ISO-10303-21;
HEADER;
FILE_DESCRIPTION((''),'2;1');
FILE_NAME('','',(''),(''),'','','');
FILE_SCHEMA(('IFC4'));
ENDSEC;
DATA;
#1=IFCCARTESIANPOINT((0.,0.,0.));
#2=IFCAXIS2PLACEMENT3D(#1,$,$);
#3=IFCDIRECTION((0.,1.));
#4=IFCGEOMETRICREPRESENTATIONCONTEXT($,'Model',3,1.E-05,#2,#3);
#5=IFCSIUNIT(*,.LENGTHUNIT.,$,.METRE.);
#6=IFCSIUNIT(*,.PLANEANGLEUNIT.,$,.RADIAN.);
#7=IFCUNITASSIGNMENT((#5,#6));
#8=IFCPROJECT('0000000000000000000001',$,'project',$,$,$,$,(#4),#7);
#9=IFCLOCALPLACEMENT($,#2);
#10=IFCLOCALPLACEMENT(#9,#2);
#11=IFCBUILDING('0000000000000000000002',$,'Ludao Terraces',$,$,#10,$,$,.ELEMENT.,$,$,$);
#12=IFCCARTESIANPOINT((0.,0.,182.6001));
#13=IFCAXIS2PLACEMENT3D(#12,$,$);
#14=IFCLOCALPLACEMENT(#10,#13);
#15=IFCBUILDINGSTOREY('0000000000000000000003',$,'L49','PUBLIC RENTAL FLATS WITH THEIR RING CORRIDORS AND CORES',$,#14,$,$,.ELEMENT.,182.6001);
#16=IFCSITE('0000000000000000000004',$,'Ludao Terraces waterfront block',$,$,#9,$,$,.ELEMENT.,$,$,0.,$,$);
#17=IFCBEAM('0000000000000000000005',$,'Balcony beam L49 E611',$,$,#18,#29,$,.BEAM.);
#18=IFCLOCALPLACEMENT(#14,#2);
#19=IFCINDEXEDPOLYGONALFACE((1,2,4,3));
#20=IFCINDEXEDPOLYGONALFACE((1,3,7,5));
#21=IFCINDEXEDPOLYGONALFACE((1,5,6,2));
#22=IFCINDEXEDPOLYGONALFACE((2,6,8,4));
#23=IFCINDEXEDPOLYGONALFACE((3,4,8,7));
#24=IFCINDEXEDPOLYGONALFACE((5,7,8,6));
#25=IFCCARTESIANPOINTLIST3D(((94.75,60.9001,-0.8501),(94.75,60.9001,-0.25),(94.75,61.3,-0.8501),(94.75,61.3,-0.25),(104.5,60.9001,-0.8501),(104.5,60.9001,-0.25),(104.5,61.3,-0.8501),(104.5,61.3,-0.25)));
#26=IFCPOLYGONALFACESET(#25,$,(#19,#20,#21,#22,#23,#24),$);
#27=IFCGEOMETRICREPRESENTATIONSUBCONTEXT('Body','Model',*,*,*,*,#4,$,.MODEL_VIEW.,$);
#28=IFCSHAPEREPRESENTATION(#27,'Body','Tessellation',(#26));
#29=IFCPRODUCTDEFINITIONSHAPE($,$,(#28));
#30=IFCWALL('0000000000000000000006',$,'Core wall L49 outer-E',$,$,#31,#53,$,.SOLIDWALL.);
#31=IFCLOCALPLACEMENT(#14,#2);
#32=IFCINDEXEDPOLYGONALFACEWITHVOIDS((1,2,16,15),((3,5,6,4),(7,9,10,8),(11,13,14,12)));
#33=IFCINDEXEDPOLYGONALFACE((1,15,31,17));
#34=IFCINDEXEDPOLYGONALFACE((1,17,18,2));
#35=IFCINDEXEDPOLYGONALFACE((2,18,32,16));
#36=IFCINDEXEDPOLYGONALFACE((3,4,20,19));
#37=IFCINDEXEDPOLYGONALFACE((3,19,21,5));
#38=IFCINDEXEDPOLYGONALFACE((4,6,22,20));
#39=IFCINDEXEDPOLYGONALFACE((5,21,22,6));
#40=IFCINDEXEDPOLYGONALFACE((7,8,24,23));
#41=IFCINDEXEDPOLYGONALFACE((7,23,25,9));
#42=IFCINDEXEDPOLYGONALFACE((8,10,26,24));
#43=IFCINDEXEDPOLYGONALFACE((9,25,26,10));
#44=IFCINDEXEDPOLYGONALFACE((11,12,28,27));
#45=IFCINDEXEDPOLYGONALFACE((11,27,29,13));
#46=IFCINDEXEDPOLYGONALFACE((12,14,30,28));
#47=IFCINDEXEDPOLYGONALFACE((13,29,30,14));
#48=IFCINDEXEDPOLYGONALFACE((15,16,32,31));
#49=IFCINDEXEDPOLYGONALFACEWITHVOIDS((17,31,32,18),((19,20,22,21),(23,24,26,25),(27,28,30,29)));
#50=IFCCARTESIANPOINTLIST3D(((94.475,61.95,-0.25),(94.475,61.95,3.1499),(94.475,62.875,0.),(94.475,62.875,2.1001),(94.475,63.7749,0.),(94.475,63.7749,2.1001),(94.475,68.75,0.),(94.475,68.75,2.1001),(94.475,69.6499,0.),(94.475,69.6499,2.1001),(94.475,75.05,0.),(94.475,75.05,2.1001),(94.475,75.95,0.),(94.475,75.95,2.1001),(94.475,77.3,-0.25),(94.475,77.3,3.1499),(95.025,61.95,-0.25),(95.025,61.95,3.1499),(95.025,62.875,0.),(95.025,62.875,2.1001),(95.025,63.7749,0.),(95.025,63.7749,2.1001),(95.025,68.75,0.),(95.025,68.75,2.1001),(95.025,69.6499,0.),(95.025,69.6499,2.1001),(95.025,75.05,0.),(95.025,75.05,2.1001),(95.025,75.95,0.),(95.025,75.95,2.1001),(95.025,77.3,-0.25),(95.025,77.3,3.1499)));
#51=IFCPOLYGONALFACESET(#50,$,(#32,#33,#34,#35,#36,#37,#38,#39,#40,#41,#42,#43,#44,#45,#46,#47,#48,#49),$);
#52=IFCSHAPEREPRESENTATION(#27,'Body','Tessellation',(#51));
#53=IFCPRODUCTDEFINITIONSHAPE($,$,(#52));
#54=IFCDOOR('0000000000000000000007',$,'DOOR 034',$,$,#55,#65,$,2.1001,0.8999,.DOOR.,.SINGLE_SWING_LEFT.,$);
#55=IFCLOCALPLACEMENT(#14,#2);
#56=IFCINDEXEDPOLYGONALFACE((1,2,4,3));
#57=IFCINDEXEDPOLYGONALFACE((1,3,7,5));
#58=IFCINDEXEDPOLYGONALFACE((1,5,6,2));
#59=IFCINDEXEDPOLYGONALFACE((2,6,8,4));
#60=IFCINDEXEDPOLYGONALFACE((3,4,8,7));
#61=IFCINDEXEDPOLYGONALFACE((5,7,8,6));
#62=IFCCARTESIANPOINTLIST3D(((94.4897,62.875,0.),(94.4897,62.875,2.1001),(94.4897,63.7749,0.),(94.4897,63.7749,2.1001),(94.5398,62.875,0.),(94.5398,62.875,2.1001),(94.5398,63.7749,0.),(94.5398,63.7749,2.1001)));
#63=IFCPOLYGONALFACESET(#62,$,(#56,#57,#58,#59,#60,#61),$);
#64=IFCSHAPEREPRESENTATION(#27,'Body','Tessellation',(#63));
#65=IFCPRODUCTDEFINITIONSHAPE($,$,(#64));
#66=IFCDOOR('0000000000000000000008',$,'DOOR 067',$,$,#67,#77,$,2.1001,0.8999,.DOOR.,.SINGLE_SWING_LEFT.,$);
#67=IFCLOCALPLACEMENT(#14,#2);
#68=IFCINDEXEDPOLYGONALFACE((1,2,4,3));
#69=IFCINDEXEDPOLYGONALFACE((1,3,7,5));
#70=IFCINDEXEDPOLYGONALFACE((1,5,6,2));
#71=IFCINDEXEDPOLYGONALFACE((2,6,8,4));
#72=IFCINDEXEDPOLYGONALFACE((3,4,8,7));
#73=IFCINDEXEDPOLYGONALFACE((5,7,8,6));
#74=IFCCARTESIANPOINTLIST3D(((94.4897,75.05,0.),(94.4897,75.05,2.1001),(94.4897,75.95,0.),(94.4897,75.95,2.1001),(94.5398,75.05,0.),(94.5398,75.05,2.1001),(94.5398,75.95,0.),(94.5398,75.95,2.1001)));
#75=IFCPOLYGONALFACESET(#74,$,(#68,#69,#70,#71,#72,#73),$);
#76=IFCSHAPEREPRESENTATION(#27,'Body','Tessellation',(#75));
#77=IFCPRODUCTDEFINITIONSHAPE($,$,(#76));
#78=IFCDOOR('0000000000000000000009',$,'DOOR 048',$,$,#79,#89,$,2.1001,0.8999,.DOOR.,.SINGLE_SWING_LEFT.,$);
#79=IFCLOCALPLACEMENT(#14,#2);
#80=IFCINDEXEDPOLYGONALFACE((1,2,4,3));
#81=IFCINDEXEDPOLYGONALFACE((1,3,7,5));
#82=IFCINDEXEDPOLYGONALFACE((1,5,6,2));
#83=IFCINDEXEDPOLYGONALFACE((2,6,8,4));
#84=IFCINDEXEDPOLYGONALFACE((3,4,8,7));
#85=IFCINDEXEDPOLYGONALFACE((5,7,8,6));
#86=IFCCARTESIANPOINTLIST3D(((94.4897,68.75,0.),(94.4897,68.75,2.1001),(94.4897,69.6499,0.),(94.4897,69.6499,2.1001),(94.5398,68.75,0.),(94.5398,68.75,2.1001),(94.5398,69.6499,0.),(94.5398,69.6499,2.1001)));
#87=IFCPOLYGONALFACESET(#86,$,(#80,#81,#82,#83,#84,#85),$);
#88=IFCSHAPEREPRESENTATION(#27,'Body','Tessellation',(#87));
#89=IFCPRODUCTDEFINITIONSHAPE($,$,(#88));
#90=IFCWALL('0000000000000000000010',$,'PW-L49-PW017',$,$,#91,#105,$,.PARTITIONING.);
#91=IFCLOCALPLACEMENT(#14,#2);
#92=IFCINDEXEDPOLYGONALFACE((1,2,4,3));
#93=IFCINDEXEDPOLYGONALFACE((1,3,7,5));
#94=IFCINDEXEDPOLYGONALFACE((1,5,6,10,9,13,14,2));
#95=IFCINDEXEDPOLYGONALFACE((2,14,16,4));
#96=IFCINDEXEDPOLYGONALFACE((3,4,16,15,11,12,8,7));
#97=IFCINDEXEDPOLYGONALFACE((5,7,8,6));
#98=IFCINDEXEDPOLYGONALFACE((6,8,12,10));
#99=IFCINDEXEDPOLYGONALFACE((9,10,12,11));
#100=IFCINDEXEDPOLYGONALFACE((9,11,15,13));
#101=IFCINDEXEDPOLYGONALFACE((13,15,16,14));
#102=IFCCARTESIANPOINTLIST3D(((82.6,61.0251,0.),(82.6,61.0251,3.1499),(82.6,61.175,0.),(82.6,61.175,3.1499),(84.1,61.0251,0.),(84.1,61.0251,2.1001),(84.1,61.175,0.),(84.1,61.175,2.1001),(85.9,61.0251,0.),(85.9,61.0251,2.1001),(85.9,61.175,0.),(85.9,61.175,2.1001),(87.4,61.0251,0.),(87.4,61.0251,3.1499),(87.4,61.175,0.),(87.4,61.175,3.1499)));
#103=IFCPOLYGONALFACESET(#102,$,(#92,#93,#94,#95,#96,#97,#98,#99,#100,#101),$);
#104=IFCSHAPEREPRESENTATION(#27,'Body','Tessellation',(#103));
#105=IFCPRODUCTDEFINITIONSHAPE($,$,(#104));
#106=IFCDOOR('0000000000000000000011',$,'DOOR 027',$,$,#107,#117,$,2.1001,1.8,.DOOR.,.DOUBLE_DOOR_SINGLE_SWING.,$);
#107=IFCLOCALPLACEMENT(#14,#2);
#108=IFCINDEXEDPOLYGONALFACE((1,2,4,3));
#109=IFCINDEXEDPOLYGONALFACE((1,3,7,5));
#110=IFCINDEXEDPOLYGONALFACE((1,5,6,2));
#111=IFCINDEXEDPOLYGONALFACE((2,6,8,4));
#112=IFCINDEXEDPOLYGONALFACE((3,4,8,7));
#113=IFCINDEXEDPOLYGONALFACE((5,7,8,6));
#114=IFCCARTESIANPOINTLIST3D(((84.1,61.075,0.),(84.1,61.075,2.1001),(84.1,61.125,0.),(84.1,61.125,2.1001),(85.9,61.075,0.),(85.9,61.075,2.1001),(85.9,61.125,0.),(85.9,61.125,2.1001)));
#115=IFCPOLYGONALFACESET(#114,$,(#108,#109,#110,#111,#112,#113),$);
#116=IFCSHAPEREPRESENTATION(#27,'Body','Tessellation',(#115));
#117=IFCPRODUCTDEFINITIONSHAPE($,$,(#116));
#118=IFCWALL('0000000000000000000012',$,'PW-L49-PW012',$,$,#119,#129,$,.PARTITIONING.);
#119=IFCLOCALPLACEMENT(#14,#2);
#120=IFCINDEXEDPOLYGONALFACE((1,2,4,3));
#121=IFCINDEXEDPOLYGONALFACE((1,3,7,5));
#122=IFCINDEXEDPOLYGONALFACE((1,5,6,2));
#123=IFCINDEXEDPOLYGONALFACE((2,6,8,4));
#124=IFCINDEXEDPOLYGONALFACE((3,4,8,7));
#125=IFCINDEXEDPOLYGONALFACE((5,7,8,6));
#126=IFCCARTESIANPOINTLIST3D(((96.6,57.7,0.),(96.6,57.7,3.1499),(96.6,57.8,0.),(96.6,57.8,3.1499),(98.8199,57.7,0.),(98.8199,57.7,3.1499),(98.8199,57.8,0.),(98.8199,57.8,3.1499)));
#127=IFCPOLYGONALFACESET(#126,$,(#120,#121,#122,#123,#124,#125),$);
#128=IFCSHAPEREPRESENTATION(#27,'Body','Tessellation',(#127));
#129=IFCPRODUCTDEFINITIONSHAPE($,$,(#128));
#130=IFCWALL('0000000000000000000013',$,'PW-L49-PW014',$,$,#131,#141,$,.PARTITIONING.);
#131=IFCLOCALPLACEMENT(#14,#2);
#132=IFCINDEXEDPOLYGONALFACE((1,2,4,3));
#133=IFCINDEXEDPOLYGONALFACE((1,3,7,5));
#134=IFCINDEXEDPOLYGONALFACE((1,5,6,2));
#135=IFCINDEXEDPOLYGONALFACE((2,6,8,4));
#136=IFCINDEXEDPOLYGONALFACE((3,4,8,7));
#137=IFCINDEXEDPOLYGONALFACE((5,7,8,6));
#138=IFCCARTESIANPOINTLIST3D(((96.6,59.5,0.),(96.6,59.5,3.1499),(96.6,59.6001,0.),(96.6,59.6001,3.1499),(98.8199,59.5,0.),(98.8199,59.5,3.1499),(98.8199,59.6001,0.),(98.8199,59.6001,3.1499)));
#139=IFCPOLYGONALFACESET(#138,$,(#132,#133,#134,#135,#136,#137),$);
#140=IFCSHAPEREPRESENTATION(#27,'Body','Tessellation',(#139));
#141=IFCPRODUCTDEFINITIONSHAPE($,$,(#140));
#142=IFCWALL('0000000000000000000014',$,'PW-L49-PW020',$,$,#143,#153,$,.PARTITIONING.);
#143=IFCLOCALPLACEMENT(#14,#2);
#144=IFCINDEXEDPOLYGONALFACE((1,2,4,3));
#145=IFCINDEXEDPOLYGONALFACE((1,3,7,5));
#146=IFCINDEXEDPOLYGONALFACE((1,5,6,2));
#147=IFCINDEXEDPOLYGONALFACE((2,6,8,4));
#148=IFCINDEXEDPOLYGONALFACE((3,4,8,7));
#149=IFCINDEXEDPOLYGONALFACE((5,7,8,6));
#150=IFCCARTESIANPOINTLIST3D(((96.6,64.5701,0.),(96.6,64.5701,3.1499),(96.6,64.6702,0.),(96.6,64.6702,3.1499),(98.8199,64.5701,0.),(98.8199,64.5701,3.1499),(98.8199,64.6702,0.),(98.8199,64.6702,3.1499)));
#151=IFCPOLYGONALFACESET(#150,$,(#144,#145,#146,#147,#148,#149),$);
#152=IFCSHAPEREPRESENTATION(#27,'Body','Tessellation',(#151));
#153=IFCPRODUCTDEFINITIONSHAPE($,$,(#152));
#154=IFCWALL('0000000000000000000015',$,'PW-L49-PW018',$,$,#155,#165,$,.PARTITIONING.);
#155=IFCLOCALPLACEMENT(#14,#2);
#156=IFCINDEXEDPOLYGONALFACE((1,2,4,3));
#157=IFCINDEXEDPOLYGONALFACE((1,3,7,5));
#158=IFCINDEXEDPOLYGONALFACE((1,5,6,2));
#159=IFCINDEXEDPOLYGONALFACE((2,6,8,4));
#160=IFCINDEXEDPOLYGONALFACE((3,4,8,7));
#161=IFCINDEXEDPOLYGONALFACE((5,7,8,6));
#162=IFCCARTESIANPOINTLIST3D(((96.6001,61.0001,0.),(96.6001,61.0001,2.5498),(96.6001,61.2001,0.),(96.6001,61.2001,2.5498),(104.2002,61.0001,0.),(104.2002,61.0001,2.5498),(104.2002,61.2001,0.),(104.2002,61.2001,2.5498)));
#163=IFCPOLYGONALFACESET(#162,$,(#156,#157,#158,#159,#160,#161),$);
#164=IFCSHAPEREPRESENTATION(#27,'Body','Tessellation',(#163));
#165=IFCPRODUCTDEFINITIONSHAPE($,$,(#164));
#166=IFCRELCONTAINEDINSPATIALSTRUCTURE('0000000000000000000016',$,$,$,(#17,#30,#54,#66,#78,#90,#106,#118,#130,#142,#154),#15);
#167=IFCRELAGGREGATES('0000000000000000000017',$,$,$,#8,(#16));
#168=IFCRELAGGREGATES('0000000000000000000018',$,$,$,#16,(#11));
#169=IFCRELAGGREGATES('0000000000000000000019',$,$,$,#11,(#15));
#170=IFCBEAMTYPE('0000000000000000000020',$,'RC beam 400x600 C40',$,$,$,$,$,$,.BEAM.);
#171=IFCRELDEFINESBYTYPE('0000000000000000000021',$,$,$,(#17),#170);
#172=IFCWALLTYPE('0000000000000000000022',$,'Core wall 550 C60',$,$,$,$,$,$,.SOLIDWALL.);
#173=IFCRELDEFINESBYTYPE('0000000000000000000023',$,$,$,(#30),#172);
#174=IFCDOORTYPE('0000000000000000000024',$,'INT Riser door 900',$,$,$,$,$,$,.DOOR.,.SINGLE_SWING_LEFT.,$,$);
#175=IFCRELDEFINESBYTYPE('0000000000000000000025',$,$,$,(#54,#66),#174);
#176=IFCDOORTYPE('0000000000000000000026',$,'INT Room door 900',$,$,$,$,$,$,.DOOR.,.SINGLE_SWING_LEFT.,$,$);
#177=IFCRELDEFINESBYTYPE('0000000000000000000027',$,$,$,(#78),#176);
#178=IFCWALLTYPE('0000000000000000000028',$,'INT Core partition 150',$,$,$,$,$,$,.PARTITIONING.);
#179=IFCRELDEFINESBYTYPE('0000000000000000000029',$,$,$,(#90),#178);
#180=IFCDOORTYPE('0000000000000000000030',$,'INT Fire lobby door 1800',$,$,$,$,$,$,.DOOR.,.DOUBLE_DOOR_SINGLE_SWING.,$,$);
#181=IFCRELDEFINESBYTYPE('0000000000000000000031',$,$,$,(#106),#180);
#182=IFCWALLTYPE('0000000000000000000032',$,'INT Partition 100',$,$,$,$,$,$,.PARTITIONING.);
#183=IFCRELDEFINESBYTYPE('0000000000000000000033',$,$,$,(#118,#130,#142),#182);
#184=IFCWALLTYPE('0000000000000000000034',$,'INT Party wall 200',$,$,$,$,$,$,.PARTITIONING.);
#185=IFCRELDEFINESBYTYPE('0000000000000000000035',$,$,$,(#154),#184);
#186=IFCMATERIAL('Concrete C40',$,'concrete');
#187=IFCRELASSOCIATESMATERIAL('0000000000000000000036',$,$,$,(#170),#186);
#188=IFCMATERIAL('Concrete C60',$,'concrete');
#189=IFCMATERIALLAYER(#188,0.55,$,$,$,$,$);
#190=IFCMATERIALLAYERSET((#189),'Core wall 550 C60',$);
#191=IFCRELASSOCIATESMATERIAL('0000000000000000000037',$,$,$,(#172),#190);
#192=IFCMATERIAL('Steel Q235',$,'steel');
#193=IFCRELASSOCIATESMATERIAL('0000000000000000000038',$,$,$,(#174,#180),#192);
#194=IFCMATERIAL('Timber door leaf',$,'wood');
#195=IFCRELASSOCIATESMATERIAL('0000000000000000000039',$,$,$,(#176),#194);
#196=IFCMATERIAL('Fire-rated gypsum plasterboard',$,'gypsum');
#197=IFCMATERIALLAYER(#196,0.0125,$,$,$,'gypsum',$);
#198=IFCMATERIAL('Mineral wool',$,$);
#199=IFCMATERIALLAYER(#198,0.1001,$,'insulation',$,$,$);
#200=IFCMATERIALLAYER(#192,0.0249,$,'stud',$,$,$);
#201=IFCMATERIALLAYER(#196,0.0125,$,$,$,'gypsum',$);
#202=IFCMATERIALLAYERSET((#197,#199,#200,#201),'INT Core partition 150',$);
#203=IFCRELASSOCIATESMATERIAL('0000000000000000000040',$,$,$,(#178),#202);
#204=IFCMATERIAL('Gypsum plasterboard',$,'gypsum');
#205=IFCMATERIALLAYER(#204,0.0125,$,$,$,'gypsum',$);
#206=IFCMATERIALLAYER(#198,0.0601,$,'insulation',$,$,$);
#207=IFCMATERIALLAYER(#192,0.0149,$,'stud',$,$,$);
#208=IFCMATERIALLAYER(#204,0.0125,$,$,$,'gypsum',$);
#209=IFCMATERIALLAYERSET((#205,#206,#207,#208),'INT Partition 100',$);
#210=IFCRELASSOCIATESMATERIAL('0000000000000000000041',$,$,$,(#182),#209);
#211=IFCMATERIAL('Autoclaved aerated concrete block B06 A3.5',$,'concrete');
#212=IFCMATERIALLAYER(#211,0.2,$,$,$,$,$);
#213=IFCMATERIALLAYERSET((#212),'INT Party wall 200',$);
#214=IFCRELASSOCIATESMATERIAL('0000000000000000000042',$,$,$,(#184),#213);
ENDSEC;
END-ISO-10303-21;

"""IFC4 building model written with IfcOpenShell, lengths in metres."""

from ifc_helpers import new_model, si_unit, direction, frame, frame_2d, origin, origin_2d, place, context, subcontext, project, spatial, rectangle, extrude, material, layer, layer_set, material_profile, profile_set, type_object, element, fill, save


model = new_model("IFC4")

# Units and contexts
model_context = context("Model", 3, precision=1e-05, world=origin(), true_north=direction((0.0, 1.0)))
body_context = subcontext(model_context, "Body", "Model", "MODEL_VIEW")
ifc_project = project(units=[si_unit("LENGTHUNIT", "METRE"), si_unit("PLANEANGLEUNIT", "RADIAN")], contexts=[model_context])

# Site, building, storey
site_placement = place(None, origin())
site = spatial("IfcSite", under=ifc_project, at=site_placement, Name="Ludao Terraces waterfront block", CompositionType="ELEMENT", RefElevation=0.0)
building_placement = place(site_placement, origin())
building = spatial("IfcBuilding", under=site, at=building_placement, Name="Ludao Terraces", CompositionType="ELEMENT")
storey_placement = place(building_placement, frame((0.0, 0.0, 182.6001)))
storey = spatial("IfcBuildingStorey", under=building, at=storey_placement, Name="L49", Description="PUBLIC RENTAL FLATS WITH THEIR RING CORRIDORS AND CORES", CompositionType="ELEMENT", Elevation=182.6001)

# Beam
ifc_material_1 = material(Name="Concrete C40", Category="concrete")
ifc_material_profile = material_profile(ifc_material_1, rectangle(XDim=0.3999, YDim=0.6001, at=origin_2d()), Name="400 X 600")
ifc_profile_set = profile_set([ifc_material_profile], Name="Concrete C40")
beam_type = type_object("IfcBeamType", Name="RC beam 400x600 C40", PredefinedType="BEAM", material=ifc_profile_set)
beam_placement = place(storey_placement, frame((94.75, 61.1001, -0.55), z_axis=(1.0, 0.0, 0.0), x_axis=(0.0, 1.0, 0.0)))
element("IfcBeam", 1, at=beam_placement, inside=storey, type_object=beam_type, Name="Balcony beam L49 E611", PredefinedType="BEAM", context=body_context, shape_type="SweptSolid", body=[
    extrude(rectangle(XDim=0.3999, YDim=0.6001, at=origin_2d()), origin(), (0.0, 0.0, 1.0), 9.75),
])

# Wall, openings, doors
ifc_material_2 = material(Name="Concrete C60", Category="concrete")
ifc_layer_1 = layer(ifc_material_2, 0.55)
ifc_layer_set_1 = layer_set([ifc_layer_1], Name="Core wall 550 C60")
wall_type_1 = type_object("IfcWallType", Name="Core wall 550 C60", PredefinedType="SOLIDWALL", material=ifc_layer_set_1)
wall_1_placement = place(storey_placement, frame((94.75, 61.95, -0.25), z_axis=(0.0, 0.0, 1.0), x_axis=(0.0, 1.0, 0.0)))
wall_1 = element("IfcWall", 2, at=wall_1_placement, inside=storey, type_object=wall_type_1, Name="Core wall L49 outer-E", PredefinedType="SOLIDWALL", context=body_context, shape_type="SweptSolid", body=[
    extrude(rectangle(XDim=15.3501, YDim=0.55, at=frame_2d((7.675, 0.0))), origin(), (0.0, 0.0, 1.0), 3.3999),
])
opening_1_placement = place(wall_1_placement, frame((0.925, 0.0, 0.25)))
opening_1 = element("IfcOpeningElement", 3, at=opening_1_placement, cuts=wall_1, PredefinedType="OPENING", context=body_context, shape_type="SweptSolid", body=[
    extrude(rectangle(XDim=0.8999, YDim=2.1001, at=frame_2d((0.45, 1.05))), frame((0.0, 0.2852, 0.0), z_axis=(0.0, -1.0, 0.0), x_axis=(1.0, 0.0, 0.0)), (0.0, 0.0, 1.0), 0.5701),
])
opening_2_placement = place(wall_1_placement, frame((6.8, 0.0, 0.25)))
opening_2 = element("IfcOpeningElement", 4, at=opening_2_placement, cuts=wall_1, PredefinedType="OPENING", context=body_context, shape_type="SweptSolid", body=[
    extrude(rectangle(XDim=0.8999, YDim=2.1001, at=frame_2d((0.45, 1.05))), frame((0.0, 0.2852, 0.0), z_axis=(0.0, -1.0, 0.0), x_axis=(1.0, 0.0, 0.0)), (0.0, 0.0, 1.0), 0.5701),
])
opening_3_placement = place(wall_1_placement, frame((13.1001, 0.0, 0.25)))
opening_3 = element("IfcOpeningElement", 5, at=opening_3_placement, cuts=wall_1, PredefinedType="OPENING", context=body_context, shape_type="SweptSolid", body=[
    extrude(rectangle(XDim=0.8999, YDim=2.1001, at=frame_2d((0.45, 1.05))), frame((0.0, 0.2852, 0.0), z_axis=(0.0, -1.0, 0.0), x_axis=(1.0, 0.0, 0.0)), (0.0, 0.0, 1.0), 0.5701),
])
ifc_material_3 = material(Name="Steel Q235", Category="steel")
door_type_1 = type_object("IfcDoorType", Name="INT Riser door 900", OperationType="SINGLE_SWING_LEFT", PredefinedType="DOOR", material=ifc_material_3)
door_1_placement = place(opening_1_placement, origin())
door_1 = element("IfcDoor", 6, at=door_1_placement, inside=storey, type_object=door_type_1, Name="DOOR 034", OperationType="SINGLE_SWING_LEFT", OverallHeight=2.1001, OverallWidth=0.8999, PredefinedType="DOOR", context=body_context, shape_type="SweptSolid", body=[
    extrude(rectangle(XDim=0.8999, YDim=2.1001, at=frame_2d((0.45, 1.05))), frame((0.0, 0.2603, 0.0), z_axis=(0.0, -1.0, 0.0), x_axis=(1.0, 0.0, 0.0)), (0.0, 0.0, 1.0), 0.05),
])
fill(opening_1, door_1)
door_2_placement = place(opening_3_placement, origin())
door_2 = element("IfcDoor", 7, at=door_2_placement, inside=storey, type_object=door_type_1, Name="DOOR 067", OperationType="SINGLE_SWING_LEFT", OverallHeight=2.1001, OverallWidth=0.8999, PredefinedType="DOOR", context=body_context, shape_type="SweptSolid", body=[
    extrude(rectangle(XDim=0.8999, YDim=2.1001, at=frame_2d((0.45, 1.05))), frame((0.0, 0.2603, 0.0), z_axis=(0.0, -1.0, 0.0), x_axis=(1.0, 0.0, 0.0)), (0.0, 0.0, 1.0), 0.05),
])
fill(opening_3, door_2)
ifc_material_4 = material(Name="Timber door leaf", Category="wood")
door_type_2 = type_object("IfcDoorType", Name="INT Room door 900", OperationType="SINGLE_SWING_LEFT", PredefinedType="DOOR", material=ifc_material_4)
door_3_placement = place(opening_2_placement, origin())
door_3 = element("IfcDoor", 8, at=door_3_placement, inside=storey, type_object=door_type_2, Name="DOOR 048", OperationType="SINGLE_SWING_LEFT", OverallHeight=2.1001, OverallWidth=0.8999, PredefinedType="DOOR", context=body_context, shape_type="SweptSolid", body=[
    extrude(rectangle(XDim=0.8999, YDim=2.1001, at=frame_2d((0.45, 1.05))), frame((0.0, 0.2603, 0.0), z_axis=(0.0, -1.0, 0.0), x_axis=(1.0, 0.0, 0.0)), (0.0, 0.0, 1.0), 0.05),
])
fill(opening_2, door_3)

# Wall, opening, door
ifc_material_5 = material(Name="Fire-rated gypsum plasterboard", Category="gypsum")
ifc_layer_2 = layer(ifc_material_5, 0.0125, Category="gypsum")
ifc_material_6 = material(Name="Mineral wool")
ifc_layer_3 = layer(ifc_material_6, 0.1001, Name="insulation")
ifc_layer_4 = layer(ifc_material_3, 0.0249, Name="stud")
ifc_layer_5 = layer(ifc_material_5, 0.0125, Category="gypsum")
ifc_layer_set_2 = layer_set([ifc_layer_2, ifc_layer_3, ifc_layer_4, ifc_layer_5], Name="INT Core partition 150")
wall_type_2 = type_object("IfcWallType", Name="INT Core partition 150", PredefinedType="PARTITIONING", material=ifc_layer_set_2)
wall_2_placement = place(storey_placement, frame((82.6001, 61.1001, 0.0), z_axis=(0.0, 0.0, 1.0), x_axis=(1.0, 0.0, 0.0)))
wall_2 = element("IfcWall", 9, at=wall_2_placement, inside=storey, type_object=wall_type_2, Name="PW-L49-PW017", PredefinedType="PARTITIONING", context=body_context, shape_type="SweptSolid", body=[
    extrude(rectangle(XDim=4.8, YDim=0.1499, at=frame_2d((2.3999, 0.0))), origin(), (0.0, 0.0, 1.0), 3.1499),
])
opening_4_placement = place(wall_2_placement, frame((1.5, 0.0, 0.0)))
opening_4 = element("IfcOpeningElement", 10, at=opening_4_placement, cuts=wall_2, PredefinedType="OPENING", context=body_context, shape_type="SweptSolid", body=[
    extrude(rectangle(XDim=1.8, YDim=2.1001, at=frame_2d((0.8999, 1.05))), frame((0.0, 0.085, 0.0), z_axis=(0.0, -1.0, 0.0), x_axis=(1.0, 0.0, 0.0)), (0.0, 0.0, 1.0), 0.1699),
])
door_type_3 = type_object("IfcDoorType", Name="INT Fire lobby door 1800", OperationType="DOUBLE_DOOR_SINGLE_SWING", PredefinedType="DOOR", material=ifc_material_3)
door_4_placement = place(opening_4_placement, origin())
door_4 = element("IfcDoor", 11, at=door_4_placement, inside=storey, type_object=door_type_3, Name="DOOR 027", OperationType="DOUBLE_DOOR_SINGLE_SWING", OverallHeight=2.1001, OverallWidth=1.8, PredefinedType="DOOR", context=body_context, shape_type="SweptSolid", body=[
    extrude(rectangle(XDim=1.8, YDim=2.1001, at=frame_2d((0.8999, 1.05))), frame((0.0, 0.0249, 0.0), z_axis=(0.0, -1.0, 0.0), x_axis=(1.0, 0.0, 0.0)), (0.0, 0.0, 1.0), 0.05),
])
fill(opening_4, door_4)

# Walls
ifc_material_7 = material(Name="Gypsum plasterboard", Category="gypsum")
ifc_layer_6 = layer(ifc_material_7, 0.0125, Category="gypsum")
ifc_layer_7 = layer(ifc_material_6, 0.0601, Name="insulation")
ifc_layer_8 = layer(ifc_material_3, 0.0149, Name="stud")
ifc_layer_9 = layer(ifc_material_7, 0.0125, Category="gypsum")
ifc_layer_set_3 = layer_set([ifc_layer_6, ifc_layer_7, ifc_layer_8, ifc_layer_9], Name="INT Partition 100")
wall_type_3 = type_object("IfcWallType", Name="INT Partition 100", PredefinedType="PARTITIONING", material=ifc_layer_set_3)
for number, where, z_axis, x_axis, name in (
    (12, (96.6001, 57.75, 0.0), (0.0, 0.0, 1.0), (1.0, 0.0, 0.0), "PW-L49-PW012"),
    (13, (96.6001, 59.55, 0.0), (0.0, 0.0, 1.0), (1.0, 0.0, 0.0), "PW-L49-PW014"),
    (14, (96.6001, 64.6201, 0.0), (0.0, 0.0, 1.0), (1.0, 0.0, 0.0), "PW-L49-PW020"),
):
    element("IfcWall", number, at=place(storey_placement, frame(where, z_axis=z_axis, x_axis=x_axis)), inside=storey, type_object=wall_type_3, Name=name, PredefinedType="PARTITIONING", context=body_context, shape_type="SweptSolid", body=[
        extrude(rectangle(XDim=2.22, YDim=0.1001, at=frame_2d((1.1099, 0.0))), origin(), (0.0, 0.0, 1.0), 3.1499),
    ])
ifc_material_8 = material(Name="Autoclaved aerated concrete block B06 A3.5", Category="concrete")
ifc_layer_10 = layer(ifc_material_8, 0.2)
ifc_layer_set_4 = layer_set([ifc_layer_10], Name="INT Party wall 200")
wall_type_4 = type_object("IfcWallType", Name="INT Party wall 200", PredefinedType="PARTITIONING", material=ifc_layer_set_4)
wall_3_placement = place(storey_placement, frame((96.6001, 61.1001, 0.0), z_axis=(0.0, 0.0, 1.0), x_axis=(1.0, 0.0, 0.0)))
element("IfcWall", 15, at=wall_3_placement, inside=storey, type_object=wall_type_4, Name="PW-L49-PW018", PredefinedType="PARTITIONING", context=body_context, shape_type="SweptSolid", body=[
    extrude(rectangle(XDim=7.6001, YDim=0.2, at=frame_2d((3.8, 0.0))), origin(), (0.0, 0.0, 1.0), 2.5498),
])

save(model, "model.ifc")
